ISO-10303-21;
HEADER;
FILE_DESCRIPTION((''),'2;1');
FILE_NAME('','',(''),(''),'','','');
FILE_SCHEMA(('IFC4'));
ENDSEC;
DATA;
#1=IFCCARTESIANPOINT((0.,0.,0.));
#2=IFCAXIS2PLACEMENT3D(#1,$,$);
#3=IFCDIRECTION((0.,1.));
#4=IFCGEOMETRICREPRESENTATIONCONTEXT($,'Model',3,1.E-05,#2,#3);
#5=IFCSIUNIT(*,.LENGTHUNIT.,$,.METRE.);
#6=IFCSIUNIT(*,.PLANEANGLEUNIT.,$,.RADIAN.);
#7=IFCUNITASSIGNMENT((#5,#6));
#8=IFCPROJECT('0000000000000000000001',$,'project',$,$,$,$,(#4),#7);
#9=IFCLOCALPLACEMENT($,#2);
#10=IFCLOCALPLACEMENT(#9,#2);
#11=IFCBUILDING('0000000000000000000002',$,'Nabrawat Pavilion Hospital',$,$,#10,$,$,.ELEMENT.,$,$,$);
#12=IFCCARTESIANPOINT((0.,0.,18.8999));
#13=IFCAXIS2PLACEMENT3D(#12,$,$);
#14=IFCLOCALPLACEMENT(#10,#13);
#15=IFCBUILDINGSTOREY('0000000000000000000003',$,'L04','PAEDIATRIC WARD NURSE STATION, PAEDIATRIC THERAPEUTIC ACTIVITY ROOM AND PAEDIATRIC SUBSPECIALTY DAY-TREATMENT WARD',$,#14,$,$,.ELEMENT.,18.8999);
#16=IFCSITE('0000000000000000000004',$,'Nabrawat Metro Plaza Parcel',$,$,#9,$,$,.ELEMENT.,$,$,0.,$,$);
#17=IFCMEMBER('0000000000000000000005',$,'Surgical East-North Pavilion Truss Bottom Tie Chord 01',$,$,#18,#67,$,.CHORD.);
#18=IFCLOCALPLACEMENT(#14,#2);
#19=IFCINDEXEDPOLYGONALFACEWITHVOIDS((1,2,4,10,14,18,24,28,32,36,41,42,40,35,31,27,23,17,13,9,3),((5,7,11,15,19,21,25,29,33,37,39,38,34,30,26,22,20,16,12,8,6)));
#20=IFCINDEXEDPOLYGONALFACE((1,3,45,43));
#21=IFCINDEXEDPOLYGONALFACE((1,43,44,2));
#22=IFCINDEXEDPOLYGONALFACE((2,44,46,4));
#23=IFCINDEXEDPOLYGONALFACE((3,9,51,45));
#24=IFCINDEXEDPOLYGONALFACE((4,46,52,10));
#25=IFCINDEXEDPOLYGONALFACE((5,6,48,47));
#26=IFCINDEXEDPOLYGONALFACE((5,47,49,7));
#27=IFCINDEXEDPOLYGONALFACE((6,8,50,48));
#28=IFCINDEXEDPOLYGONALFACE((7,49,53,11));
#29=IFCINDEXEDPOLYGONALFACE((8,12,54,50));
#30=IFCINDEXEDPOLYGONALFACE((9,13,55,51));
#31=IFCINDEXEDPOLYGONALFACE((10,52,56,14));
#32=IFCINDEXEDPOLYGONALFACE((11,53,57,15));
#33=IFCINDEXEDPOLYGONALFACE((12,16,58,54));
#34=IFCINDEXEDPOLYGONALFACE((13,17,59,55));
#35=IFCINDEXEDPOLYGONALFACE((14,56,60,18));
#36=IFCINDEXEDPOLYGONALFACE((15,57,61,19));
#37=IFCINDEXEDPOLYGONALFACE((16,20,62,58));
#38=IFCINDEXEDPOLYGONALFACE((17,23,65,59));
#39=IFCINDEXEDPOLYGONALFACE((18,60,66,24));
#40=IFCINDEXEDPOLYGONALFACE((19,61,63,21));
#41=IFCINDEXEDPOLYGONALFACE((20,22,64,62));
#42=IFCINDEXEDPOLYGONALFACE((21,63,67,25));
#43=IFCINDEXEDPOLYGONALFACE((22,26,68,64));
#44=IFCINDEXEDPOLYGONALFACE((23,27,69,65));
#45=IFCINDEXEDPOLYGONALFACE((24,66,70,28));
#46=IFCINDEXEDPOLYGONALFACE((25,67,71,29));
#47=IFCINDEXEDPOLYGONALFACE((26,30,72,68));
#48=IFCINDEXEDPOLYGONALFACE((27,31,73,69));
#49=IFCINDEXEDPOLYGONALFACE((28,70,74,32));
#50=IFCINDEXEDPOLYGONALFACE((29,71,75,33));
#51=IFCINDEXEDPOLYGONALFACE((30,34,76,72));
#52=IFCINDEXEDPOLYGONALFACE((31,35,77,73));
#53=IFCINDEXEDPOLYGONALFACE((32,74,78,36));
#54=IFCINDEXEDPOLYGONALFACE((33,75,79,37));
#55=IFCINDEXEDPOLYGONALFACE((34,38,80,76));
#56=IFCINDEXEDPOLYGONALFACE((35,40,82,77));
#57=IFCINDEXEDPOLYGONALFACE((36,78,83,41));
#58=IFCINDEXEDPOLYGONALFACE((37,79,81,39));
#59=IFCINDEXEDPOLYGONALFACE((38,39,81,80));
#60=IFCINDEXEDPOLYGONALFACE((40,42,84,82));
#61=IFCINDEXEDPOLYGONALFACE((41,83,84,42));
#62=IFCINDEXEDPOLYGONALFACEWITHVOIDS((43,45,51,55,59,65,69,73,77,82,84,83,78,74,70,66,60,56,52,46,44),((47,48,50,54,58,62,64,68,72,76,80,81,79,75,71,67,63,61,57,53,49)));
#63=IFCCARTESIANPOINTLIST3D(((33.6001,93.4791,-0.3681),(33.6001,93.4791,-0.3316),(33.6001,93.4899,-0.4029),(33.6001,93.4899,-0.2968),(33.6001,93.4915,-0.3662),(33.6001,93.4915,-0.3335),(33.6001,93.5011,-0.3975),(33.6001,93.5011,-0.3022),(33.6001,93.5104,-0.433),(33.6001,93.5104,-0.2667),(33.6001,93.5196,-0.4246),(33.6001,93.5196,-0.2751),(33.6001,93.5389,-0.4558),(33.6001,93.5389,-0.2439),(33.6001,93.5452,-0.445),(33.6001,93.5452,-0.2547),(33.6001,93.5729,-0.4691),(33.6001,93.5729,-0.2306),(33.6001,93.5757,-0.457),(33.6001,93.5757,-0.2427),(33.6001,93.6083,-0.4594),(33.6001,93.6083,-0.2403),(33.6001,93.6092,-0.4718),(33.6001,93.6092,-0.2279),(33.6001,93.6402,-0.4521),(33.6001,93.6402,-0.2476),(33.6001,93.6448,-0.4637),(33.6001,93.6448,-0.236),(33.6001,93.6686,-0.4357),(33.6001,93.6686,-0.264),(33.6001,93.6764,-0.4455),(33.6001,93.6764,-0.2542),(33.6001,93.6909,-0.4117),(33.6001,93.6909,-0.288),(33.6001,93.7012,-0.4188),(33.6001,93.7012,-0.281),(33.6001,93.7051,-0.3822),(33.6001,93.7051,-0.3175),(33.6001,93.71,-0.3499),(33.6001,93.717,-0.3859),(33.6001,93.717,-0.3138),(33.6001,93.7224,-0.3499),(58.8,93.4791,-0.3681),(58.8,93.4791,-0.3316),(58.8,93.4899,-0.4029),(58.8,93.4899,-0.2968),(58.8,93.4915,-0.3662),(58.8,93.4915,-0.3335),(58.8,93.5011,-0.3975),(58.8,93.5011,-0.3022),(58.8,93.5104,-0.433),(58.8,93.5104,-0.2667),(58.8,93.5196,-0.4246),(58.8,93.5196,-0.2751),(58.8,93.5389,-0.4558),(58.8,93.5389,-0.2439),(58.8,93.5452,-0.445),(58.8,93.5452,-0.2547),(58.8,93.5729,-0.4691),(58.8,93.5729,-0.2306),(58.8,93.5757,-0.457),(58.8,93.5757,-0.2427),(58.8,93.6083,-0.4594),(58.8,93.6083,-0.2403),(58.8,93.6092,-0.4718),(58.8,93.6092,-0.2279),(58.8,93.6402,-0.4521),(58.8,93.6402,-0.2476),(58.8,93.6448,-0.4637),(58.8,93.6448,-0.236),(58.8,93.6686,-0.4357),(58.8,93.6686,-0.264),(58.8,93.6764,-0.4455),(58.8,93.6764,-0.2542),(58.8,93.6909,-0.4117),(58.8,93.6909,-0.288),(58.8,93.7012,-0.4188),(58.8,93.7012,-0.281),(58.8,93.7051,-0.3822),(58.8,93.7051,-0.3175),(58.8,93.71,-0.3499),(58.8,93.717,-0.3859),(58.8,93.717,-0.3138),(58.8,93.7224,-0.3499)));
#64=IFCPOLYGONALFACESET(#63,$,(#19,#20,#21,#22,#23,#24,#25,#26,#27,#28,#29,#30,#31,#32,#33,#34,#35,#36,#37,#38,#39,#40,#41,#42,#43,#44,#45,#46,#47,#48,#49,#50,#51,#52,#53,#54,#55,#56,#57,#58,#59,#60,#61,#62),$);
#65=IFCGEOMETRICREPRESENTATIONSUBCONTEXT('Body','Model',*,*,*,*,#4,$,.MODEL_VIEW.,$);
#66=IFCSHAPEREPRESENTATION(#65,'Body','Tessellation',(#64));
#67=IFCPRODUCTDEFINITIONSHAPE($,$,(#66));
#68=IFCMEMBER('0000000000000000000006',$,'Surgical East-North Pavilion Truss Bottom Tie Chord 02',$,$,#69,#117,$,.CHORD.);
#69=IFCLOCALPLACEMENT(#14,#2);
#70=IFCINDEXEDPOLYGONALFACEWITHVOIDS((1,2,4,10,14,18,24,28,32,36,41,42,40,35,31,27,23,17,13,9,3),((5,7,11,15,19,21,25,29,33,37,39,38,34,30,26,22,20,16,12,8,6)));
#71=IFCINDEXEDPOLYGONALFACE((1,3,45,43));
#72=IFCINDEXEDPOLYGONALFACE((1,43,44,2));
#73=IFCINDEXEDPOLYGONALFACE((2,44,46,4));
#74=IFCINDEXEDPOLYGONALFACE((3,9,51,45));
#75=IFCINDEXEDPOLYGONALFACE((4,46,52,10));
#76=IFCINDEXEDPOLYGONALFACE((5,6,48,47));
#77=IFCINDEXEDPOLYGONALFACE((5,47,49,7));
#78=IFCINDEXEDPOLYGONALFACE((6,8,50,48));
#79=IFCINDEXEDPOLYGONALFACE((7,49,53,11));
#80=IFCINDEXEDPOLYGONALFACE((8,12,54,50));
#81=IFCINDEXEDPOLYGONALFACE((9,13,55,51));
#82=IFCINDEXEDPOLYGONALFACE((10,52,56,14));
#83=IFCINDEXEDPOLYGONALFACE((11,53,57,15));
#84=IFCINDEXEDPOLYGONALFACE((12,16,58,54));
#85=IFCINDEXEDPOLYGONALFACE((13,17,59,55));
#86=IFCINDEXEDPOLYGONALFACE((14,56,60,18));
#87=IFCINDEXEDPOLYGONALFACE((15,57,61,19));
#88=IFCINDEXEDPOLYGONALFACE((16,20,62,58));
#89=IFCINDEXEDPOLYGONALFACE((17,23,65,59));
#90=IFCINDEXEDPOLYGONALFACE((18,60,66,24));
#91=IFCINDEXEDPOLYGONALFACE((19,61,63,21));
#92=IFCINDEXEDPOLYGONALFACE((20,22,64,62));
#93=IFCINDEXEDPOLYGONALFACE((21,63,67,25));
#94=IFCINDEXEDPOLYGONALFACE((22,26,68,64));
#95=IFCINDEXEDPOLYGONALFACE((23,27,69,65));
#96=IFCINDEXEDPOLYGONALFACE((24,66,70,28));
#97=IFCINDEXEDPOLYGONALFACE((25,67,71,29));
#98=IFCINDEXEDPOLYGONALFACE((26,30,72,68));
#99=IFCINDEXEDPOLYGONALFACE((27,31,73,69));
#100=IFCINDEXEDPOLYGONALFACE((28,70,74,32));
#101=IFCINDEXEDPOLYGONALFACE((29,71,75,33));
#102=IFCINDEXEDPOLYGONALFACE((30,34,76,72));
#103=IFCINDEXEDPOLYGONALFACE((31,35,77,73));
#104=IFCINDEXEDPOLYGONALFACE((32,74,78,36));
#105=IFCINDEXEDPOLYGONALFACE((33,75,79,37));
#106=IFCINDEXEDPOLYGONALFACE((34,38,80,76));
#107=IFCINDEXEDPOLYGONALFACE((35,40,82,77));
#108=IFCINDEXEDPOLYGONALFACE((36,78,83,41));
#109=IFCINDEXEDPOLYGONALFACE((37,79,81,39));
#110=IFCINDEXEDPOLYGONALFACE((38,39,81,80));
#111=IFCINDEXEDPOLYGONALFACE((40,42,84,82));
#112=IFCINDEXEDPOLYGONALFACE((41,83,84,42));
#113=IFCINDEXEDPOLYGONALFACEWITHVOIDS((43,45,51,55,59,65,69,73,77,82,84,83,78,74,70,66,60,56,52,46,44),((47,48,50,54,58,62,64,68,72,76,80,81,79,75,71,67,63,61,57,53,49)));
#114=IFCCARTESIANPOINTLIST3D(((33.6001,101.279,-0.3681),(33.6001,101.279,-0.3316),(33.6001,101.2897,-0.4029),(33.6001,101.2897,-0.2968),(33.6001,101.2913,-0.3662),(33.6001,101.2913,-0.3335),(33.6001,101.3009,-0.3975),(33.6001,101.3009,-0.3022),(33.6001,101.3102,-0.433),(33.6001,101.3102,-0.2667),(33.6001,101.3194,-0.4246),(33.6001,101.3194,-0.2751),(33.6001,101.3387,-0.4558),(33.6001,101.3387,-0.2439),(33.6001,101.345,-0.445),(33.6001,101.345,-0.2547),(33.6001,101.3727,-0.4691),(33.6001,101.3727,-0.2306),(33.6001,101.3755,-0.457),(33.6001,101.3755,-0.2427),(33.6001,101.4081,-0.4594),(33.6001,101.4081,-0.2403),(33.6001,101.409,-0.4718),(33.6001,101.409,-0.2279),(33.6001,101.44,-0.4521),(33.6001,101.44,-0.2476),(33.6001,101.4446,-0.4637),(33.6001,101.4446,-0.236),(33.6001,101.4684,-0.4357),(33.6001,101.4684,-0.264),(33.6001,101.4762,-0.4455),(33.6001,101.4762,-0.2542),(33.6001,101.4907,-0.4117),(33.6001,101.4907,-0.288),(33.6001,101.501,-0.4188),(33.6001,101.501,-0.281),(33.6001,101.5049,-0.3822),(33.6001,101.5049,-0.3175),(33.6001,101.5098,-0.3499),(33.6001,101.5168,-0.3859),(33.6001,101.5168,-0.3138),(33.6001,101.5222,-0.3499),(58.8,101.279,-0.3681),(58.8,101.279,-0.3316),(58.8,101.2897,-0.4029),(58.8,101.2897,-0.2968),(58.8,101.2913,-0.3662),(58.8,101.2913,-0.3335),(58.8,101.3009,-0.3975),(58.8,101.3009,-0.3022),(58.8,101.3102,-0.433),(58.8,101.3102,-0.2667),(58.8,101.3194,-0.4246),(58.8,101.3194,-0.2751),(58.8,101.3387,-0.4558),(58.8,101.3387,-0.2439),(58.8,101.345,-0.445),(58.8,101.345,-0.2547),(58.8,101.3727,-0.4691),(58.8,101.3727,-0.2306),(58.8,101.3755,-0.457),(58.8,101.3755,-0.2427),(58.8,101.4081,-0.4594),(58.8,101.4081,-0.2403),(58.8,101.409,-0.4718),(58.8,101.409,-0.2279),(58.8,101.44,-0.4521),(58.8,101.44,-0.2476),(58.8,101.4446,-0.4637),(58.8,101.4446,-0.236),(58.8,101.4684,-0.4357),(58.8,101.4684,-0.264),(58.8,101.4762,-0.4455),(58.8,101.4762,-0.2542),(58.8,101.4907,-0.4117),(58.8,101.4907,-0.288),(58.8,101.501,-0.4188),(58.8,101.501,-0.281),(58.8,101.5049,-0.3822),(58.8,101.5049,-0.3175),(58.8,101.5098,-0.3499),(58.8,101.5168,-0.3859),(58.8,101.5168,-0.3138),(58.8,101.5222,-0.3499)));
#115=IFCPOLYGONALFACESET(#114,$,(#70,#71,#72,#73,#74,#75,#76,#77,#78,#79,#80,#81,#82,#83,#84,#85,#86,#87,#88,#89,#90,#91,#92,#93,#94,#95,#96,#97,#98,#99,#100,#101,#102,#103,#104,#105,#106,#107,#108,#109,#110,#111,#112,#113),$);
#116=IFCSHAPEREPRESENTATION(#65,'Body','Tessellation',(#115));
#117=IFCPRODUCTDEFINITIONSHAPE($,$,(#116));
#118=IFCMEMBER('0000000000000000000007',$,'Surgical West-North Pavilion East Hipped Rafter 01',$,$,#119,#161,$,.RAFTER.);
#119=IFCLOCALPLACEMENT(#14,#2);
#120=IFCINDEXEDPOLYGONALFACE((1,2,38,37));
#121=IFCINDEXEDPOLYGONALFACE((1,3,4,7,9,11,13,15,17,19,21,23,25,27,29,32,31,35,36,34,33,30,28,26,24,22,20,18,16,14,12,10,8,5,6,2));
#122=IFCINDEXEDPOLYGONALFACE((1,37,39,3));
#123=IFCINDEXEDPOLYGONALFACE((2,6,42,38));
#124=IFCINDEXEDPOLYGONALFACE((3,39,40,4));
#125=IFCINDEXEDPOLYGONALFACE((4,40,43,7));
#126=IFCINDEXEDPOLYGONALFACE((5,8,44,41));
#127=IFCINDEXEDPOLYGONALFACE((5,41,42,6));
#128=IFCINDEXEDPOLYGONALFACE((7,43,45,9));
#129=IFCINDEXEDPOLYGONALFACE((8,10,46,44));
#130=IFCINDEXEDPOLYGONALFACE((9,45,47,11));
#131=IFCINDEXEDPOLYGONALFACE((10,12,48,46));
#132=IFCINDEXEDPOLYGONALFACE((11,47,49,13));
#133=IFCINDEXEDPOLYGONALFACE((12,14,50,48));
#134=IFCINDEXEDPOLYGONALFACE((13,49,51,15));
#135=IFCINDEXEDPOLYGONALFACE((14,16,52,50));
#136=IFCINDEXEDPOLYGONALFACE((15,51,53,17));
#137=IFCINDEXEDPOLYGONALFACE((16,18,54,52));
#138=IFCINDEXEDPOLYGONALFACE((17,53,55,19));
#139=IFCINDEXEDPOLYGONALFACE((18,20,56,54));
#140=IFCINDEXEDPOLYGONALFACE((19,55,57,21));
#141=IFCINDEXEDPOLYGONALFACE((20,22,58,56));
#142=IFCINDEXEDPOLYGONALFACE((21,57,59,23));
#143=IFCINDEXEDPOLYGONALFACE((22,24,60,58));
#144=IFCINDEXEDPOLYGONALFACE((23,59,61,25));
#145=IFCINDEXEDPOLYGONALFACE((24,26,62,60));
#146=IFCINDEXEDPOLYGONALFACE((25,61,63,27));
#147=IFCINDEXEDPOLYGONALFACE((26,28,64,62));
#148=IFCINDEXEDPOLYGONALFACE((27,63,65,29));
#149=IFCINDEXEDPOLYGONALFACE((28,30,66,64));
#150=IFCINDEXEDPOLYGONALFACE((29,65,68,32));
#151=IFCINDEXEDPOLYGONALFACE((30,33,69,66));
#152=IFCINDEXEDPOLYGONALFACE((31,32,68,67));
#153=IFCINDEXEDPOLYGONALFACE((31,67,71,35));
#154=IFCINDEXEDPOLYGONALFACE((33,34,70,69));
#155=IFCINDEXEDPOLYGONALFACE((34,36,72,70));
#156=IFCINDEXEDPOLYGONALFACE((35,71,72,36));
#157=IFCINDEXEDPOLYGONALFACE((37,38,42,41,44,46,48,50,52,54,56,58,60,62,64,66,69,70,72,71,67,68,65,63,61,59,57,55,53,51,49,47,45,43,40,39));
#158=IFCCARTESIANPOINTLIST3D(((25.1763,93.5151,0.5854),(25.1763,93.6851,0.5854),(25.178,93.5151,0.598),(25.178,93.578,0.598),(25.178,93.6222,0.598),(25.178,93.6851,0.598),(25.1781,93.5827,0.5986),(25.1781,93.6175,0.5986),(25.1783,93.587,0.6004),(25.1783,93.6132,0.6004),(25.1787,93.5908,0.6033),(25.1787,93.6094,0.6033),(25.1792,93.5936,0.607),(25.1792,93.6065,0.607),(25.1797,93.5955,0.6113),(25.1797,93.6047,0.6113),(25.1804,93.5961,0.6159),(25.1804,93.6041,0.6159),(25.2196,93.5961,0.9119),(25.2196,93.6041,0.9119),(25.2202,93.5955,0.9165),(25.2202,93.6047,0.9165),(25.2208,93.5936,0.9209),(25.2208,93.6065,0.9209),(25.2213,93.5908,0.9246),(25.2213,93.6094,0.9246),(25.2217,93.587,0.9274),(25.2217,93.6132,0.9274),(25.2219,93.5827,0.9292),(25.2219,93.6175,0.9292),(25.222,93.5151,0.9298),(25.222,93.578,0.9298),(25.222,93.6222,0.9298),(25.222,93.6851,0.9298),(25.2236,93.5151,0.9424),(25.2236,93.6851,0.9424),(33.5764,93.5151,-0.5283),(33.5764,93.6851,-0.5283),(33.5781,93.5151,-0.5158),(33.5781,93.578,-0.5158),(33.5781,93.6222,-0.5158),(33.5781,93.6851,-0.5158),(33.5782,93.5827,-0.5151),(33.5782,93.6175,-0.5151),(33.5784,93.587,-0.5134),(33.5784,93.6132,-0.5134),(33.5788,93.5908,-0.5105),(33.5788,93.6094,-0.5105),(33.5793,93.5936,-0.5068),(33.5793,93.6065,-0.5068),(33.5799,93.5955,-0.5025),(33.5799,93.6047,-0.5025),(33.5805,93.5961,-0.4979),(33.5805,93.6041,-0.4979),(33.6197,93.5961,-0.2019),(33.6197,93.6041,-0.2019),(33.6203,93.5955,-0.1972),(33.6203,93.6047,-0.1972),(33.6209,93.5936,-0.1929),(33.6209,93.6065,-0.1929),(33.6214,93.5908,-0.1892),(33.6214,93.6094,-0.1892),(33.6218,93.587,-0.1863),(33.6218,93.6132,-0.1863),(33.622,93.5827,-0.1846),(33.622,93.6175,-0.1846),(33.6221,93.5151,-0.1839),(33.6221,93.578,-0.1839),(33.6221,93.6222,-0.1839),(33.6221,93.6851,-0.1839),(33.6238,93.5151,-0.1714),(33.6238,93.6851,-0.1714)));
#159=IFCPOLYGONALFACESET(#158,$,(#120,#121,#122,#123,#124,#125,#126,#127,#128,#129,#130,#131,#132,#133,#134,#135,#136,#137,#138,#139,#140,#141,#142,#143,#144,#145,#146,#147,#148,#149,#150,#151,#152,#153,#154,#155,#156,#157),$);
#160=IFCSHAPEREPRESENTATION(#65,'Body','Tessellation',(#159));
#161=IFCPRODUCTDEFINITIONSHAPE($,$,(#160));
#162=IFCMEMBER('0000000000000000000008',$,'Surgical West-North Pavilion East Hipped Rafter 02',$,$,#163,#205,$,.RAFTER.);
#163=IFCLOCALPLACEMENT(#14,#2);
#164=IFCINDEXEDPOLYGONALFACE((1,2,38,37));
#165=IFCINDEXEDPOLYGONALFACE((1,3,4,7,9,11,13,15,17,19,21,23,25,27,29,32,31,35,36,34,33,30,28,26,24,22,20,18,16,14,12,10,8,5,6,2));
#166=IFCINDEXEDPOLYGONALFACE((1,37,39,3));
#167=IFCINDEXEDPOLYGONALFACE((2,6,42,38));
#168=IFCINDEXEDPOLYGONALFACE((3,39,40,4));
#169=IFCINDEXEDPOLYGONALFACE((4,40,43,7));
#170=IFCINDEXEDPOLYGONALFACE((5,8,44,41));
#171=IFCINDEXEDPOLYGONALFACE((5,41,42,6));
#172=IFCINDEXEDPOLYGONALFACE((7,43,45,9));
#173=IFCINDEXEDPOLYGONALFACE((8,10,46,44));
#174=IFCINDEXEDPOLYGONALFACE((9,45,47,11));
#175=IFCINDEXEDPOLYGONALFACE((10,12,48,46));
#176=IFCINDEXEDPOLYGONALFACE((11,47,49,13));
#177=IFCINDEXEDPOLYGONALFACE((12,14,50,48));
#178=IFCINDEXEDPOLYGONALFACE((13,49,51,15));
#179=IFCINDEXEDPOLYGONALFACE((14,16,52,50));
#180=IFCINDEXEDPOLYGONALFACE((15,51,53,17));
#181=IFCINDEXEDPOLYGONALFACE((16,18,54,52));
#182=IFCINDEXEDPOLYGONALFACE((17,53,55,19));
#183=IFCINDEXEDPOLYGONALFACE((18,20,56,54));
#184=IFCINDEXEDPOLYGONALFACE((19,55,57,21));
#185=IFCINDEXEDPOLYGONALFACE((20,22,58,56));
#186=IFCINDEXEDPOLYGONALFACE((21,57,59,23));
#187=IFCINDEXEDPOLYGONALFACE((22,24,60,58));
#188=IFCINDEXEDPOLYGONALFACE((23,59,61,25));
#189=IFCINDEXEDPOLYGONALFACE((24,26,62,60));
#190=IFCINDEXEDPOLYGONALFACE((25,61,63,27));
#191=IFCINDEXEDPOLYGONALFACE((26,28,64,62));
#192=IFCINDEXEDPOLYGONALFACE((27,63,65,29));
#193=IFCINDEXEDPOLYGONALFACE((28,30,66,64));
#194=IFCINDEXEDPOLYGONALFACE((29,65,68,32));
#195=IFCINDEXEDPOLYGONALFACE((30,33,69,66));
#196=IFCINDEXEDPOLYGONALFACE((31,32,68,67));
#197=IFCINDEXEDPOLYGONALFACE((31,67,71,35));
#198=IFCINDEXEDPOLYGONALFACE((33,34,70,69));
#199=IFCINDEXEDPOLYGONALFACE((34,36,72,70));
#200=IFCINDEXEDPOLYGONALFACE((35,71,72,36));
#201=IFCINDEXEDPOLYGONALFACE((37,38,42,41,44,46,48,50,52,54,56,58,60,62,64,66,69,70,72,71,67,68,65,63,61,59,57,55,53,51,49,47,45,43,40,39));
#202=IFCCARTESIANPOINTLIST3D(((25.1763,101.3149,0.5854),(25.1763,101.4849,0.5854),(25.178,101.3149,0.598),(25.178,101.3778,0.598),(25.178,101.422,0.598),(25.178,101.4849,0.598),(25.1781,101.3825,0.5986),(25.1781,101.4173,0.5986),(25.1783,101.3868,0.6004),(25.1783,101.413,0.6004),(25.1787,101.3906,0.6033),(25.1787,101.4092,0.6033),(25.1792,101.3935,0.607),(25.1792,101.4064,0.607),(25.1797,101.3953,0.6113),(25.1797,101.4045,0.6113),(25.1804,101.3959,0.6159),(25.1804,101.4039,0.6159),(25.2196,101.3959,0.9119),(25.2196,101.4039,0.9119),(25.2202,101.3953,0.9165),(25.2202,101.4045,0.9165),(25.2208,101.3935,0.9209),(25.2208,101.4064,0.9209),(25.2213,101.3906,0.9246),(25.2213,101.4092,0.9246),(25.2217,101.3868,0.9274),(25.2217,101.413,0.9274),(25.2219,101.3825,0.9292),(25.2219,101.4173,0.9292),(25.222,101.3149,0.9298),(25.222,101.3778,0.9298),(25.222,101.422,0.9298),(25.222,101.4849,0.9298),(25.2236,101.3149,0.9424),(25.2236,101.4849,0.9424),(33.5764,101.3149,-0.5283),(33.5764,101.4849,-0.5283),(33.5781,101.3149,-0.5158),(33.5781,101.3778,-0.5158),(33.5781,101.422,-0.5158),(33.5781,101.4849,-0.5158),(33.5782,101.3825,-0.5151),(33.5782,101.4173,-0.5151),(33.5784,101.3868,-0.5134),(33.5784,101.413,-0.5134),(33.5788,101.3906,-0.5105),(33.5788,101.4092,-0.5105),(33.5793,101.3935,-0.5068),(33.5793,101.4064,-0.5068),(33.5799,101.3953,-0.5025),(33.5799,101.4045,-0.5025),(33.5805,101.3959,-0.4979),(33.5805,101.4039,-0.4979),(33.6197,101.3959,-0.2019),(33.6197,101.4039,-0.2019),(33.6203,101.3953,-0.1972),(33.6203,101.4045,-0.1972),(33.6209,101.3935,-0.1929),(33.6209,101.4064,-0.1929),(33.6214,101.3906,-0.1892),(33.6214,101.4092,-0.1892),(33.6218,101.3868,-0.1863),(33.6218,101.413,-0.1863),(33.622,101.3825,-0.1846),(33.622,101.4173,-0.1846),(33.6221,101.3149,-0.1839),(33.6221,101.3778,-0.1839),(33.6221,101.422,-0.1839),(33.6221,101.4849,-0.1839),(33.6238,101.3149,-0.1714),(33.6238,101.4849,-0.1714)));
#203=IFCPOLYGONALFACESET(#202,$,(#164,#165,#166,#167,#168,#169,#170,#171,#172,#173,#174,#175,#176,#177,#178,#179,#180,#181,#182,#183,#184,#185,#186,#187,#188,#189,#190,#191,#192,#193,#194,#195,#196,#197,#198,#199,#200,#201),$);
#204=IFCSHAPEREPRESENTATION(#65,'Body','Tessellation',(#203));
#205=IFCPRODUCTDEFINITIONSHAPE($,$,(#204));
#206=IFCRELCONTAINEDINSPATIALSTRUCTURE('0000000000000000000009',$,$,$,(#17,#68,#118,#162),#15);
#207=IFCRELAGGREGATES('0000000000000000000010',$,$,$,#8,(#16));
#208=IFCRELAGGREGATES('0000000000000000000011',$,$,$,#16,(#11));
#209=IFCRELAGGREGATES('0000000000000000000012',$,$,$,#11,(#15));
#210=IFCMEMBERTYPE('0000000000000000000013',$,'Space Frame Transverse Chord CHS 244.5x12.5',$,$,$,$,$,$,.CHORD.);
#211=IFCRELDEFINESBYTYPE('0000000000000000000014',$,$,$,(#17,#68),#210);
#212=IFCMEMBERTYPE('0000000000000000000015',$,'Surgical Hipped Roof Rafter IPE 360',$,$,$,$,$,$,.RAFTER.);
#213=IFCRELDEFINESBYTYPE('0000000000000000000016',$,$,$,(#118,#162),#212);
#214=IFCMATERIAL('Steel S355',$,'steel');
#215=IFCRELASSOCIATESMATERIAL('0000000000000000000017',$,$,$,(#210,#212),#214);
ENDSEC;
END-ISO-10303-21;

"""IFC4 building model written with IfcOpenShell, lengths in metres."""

from ifc_helpers import new_model, si_unit, direction, frame, origin, origin_2d, place, context, subcontext, project, spatial, hollow_circle, i_section, extrude, material, material_profile, profile_set, type_object, element, save


model = new_model("IFC4")

# Units and contexts
model_context = context("Model", 3, precision=1e-05, world=origin(), true_north=direction((0.0, 1.0)))
body_context = subcontext(model_context, "Body", "Model", "MODEL_VIEW")
ifc_project = project(units=[si_unit("LENGTHUNIT", "METRE"), si_unit("PLANEANGLEUNIT", "RADIAN")], contexts=[model_context])

# Site, building, storey
site_placement = place(None, origin())
site = spatial("IfcSite", under=ifc_project, at=site_placement, Name="Nabrawat Metro Plaza Parcel", CompositionType="ELEMENT", RefElevation=0.0)
building_placement = place(site_placement, origin())
building = spatial("IfcBuilding", under=site, at=building_placement, Name="Nabrawat Pavilion Hospital", CompositionType="ELEMENT")
storey_placement = place(building_placement, frame((0.0, 0.0, 18.8999)))
storey = spatial("IfcBuildingStorey", under=building, at=storey_placement, Name="L04", Description="PAEDIATRIC WARD NURSE STATION, PAEDIATRIC THERAPEUTIC ACTIVITY ROOM AND PAEDIATRIC SUBSPECIALTY DAY-TREATMENT WARD", CompositionType="ELEMENT", Elevation=18.8999)

# Members
ifc_material_1 = material(Name="Steel S355", Category="steel")
ifc_material_profile_1 = material_profile(ifc_material_1, hollow_circle(Radius=0.1223, WallThickness=0.0125, at=origin_2d()), Name="CHS 244.5x12.5")
ifc_profile_set_1 = profile_set([ifc_material_profile_1], Name="Steel S355")
member_type_1 = type_object("IfcMemberType", Name="Space Frame Transverse Chord CHS 244.5x12.5", PredefinedType="CHORD", material=ifc_profile_set_1)
for number, where, z_axis, x_axis, name in (
    (1, (33.6001, 93.6001, -0.3499), (1.0, 0.0, 0.0), (0.0, 1.0, 0.0), "Surgical East-North Pavilion Truss Bottom Tie Chord 01"),
    (2, (33.6001, 101.3999, -0.3499), (1.0, 0.0, 0.0), (0.0, 1.0, 0.0), "Surgical East-North Pavilion Truss Bottom Tie Chord 02"),
):
    element("IfcMember", number, at=place(storey_placement, frame(where, z_axis=z_axis, x_axis=x_axis)), inside=storey, type_object=member_type_1, Name=name, PredefinedType="CHORD", context=body_context, shape_type="SweptSolid", body=[
        extrude(hollow_circle(Radius=0.1223, WallThickness=0.0125, at=origin_2d()), origin(), (0.0, 0.0, 1.0), 25.2),
    ])
ifc_material_profile_2 = material_profile(ifc_material_1, i_section(OverallWidth=0.1699, OverallDepth=0.3601, WebThickness=0.0081, FlangeThickness=0.0127, FilletRadius=0.0181, at=origin_2d()), Name="IPE 360")
ifc_profile_set_2 = profile_set([ifc_material_profile_2], Name="Steel S355")
member_type_2 = type_object("IfcMemberType", Name="Surgical Hipped Roof Rafter IPE 360", PredefinedType="RAFTER", material=ifc_profile_set_2)
for number, where, z_axis, x_axis, name in (
    (3, (33.6001, 93.6001, -0.3499), (-0.991324, 0.0, 0.131439), (0.0, -1.0, 0.0), "Surgical West-North Pavilion East Hipped Rafter 01"),
    (4, (33.6001, 101.3999, -0.3499), (-0.991324, 0.0, 0.131439), (0.0, -1.0, 0.0), "Surgical West-North Pavilion East Hipped Rafter 02"),
):
    element("IfcMember", number, at=place(storey_placement, frame(where, z_axis=z_axis, x_axis=x_axis)), inside=storey, type_object=member_type_2, Name=name, PredefinedType="RAFTER", context=body_context, shape_type="SweptSolid", body=[
        extrude(i_section(OverallWidth=0.1699, OverallDepth=0.3601, WebThickness=0.0081, FlangeThickness=0.0127, FilletRadius=0.0181, at=origin_2d()), origin(), (0.0, 0.0, 1.0), 8.4736),
    ])

save(model, "model.ifc")
